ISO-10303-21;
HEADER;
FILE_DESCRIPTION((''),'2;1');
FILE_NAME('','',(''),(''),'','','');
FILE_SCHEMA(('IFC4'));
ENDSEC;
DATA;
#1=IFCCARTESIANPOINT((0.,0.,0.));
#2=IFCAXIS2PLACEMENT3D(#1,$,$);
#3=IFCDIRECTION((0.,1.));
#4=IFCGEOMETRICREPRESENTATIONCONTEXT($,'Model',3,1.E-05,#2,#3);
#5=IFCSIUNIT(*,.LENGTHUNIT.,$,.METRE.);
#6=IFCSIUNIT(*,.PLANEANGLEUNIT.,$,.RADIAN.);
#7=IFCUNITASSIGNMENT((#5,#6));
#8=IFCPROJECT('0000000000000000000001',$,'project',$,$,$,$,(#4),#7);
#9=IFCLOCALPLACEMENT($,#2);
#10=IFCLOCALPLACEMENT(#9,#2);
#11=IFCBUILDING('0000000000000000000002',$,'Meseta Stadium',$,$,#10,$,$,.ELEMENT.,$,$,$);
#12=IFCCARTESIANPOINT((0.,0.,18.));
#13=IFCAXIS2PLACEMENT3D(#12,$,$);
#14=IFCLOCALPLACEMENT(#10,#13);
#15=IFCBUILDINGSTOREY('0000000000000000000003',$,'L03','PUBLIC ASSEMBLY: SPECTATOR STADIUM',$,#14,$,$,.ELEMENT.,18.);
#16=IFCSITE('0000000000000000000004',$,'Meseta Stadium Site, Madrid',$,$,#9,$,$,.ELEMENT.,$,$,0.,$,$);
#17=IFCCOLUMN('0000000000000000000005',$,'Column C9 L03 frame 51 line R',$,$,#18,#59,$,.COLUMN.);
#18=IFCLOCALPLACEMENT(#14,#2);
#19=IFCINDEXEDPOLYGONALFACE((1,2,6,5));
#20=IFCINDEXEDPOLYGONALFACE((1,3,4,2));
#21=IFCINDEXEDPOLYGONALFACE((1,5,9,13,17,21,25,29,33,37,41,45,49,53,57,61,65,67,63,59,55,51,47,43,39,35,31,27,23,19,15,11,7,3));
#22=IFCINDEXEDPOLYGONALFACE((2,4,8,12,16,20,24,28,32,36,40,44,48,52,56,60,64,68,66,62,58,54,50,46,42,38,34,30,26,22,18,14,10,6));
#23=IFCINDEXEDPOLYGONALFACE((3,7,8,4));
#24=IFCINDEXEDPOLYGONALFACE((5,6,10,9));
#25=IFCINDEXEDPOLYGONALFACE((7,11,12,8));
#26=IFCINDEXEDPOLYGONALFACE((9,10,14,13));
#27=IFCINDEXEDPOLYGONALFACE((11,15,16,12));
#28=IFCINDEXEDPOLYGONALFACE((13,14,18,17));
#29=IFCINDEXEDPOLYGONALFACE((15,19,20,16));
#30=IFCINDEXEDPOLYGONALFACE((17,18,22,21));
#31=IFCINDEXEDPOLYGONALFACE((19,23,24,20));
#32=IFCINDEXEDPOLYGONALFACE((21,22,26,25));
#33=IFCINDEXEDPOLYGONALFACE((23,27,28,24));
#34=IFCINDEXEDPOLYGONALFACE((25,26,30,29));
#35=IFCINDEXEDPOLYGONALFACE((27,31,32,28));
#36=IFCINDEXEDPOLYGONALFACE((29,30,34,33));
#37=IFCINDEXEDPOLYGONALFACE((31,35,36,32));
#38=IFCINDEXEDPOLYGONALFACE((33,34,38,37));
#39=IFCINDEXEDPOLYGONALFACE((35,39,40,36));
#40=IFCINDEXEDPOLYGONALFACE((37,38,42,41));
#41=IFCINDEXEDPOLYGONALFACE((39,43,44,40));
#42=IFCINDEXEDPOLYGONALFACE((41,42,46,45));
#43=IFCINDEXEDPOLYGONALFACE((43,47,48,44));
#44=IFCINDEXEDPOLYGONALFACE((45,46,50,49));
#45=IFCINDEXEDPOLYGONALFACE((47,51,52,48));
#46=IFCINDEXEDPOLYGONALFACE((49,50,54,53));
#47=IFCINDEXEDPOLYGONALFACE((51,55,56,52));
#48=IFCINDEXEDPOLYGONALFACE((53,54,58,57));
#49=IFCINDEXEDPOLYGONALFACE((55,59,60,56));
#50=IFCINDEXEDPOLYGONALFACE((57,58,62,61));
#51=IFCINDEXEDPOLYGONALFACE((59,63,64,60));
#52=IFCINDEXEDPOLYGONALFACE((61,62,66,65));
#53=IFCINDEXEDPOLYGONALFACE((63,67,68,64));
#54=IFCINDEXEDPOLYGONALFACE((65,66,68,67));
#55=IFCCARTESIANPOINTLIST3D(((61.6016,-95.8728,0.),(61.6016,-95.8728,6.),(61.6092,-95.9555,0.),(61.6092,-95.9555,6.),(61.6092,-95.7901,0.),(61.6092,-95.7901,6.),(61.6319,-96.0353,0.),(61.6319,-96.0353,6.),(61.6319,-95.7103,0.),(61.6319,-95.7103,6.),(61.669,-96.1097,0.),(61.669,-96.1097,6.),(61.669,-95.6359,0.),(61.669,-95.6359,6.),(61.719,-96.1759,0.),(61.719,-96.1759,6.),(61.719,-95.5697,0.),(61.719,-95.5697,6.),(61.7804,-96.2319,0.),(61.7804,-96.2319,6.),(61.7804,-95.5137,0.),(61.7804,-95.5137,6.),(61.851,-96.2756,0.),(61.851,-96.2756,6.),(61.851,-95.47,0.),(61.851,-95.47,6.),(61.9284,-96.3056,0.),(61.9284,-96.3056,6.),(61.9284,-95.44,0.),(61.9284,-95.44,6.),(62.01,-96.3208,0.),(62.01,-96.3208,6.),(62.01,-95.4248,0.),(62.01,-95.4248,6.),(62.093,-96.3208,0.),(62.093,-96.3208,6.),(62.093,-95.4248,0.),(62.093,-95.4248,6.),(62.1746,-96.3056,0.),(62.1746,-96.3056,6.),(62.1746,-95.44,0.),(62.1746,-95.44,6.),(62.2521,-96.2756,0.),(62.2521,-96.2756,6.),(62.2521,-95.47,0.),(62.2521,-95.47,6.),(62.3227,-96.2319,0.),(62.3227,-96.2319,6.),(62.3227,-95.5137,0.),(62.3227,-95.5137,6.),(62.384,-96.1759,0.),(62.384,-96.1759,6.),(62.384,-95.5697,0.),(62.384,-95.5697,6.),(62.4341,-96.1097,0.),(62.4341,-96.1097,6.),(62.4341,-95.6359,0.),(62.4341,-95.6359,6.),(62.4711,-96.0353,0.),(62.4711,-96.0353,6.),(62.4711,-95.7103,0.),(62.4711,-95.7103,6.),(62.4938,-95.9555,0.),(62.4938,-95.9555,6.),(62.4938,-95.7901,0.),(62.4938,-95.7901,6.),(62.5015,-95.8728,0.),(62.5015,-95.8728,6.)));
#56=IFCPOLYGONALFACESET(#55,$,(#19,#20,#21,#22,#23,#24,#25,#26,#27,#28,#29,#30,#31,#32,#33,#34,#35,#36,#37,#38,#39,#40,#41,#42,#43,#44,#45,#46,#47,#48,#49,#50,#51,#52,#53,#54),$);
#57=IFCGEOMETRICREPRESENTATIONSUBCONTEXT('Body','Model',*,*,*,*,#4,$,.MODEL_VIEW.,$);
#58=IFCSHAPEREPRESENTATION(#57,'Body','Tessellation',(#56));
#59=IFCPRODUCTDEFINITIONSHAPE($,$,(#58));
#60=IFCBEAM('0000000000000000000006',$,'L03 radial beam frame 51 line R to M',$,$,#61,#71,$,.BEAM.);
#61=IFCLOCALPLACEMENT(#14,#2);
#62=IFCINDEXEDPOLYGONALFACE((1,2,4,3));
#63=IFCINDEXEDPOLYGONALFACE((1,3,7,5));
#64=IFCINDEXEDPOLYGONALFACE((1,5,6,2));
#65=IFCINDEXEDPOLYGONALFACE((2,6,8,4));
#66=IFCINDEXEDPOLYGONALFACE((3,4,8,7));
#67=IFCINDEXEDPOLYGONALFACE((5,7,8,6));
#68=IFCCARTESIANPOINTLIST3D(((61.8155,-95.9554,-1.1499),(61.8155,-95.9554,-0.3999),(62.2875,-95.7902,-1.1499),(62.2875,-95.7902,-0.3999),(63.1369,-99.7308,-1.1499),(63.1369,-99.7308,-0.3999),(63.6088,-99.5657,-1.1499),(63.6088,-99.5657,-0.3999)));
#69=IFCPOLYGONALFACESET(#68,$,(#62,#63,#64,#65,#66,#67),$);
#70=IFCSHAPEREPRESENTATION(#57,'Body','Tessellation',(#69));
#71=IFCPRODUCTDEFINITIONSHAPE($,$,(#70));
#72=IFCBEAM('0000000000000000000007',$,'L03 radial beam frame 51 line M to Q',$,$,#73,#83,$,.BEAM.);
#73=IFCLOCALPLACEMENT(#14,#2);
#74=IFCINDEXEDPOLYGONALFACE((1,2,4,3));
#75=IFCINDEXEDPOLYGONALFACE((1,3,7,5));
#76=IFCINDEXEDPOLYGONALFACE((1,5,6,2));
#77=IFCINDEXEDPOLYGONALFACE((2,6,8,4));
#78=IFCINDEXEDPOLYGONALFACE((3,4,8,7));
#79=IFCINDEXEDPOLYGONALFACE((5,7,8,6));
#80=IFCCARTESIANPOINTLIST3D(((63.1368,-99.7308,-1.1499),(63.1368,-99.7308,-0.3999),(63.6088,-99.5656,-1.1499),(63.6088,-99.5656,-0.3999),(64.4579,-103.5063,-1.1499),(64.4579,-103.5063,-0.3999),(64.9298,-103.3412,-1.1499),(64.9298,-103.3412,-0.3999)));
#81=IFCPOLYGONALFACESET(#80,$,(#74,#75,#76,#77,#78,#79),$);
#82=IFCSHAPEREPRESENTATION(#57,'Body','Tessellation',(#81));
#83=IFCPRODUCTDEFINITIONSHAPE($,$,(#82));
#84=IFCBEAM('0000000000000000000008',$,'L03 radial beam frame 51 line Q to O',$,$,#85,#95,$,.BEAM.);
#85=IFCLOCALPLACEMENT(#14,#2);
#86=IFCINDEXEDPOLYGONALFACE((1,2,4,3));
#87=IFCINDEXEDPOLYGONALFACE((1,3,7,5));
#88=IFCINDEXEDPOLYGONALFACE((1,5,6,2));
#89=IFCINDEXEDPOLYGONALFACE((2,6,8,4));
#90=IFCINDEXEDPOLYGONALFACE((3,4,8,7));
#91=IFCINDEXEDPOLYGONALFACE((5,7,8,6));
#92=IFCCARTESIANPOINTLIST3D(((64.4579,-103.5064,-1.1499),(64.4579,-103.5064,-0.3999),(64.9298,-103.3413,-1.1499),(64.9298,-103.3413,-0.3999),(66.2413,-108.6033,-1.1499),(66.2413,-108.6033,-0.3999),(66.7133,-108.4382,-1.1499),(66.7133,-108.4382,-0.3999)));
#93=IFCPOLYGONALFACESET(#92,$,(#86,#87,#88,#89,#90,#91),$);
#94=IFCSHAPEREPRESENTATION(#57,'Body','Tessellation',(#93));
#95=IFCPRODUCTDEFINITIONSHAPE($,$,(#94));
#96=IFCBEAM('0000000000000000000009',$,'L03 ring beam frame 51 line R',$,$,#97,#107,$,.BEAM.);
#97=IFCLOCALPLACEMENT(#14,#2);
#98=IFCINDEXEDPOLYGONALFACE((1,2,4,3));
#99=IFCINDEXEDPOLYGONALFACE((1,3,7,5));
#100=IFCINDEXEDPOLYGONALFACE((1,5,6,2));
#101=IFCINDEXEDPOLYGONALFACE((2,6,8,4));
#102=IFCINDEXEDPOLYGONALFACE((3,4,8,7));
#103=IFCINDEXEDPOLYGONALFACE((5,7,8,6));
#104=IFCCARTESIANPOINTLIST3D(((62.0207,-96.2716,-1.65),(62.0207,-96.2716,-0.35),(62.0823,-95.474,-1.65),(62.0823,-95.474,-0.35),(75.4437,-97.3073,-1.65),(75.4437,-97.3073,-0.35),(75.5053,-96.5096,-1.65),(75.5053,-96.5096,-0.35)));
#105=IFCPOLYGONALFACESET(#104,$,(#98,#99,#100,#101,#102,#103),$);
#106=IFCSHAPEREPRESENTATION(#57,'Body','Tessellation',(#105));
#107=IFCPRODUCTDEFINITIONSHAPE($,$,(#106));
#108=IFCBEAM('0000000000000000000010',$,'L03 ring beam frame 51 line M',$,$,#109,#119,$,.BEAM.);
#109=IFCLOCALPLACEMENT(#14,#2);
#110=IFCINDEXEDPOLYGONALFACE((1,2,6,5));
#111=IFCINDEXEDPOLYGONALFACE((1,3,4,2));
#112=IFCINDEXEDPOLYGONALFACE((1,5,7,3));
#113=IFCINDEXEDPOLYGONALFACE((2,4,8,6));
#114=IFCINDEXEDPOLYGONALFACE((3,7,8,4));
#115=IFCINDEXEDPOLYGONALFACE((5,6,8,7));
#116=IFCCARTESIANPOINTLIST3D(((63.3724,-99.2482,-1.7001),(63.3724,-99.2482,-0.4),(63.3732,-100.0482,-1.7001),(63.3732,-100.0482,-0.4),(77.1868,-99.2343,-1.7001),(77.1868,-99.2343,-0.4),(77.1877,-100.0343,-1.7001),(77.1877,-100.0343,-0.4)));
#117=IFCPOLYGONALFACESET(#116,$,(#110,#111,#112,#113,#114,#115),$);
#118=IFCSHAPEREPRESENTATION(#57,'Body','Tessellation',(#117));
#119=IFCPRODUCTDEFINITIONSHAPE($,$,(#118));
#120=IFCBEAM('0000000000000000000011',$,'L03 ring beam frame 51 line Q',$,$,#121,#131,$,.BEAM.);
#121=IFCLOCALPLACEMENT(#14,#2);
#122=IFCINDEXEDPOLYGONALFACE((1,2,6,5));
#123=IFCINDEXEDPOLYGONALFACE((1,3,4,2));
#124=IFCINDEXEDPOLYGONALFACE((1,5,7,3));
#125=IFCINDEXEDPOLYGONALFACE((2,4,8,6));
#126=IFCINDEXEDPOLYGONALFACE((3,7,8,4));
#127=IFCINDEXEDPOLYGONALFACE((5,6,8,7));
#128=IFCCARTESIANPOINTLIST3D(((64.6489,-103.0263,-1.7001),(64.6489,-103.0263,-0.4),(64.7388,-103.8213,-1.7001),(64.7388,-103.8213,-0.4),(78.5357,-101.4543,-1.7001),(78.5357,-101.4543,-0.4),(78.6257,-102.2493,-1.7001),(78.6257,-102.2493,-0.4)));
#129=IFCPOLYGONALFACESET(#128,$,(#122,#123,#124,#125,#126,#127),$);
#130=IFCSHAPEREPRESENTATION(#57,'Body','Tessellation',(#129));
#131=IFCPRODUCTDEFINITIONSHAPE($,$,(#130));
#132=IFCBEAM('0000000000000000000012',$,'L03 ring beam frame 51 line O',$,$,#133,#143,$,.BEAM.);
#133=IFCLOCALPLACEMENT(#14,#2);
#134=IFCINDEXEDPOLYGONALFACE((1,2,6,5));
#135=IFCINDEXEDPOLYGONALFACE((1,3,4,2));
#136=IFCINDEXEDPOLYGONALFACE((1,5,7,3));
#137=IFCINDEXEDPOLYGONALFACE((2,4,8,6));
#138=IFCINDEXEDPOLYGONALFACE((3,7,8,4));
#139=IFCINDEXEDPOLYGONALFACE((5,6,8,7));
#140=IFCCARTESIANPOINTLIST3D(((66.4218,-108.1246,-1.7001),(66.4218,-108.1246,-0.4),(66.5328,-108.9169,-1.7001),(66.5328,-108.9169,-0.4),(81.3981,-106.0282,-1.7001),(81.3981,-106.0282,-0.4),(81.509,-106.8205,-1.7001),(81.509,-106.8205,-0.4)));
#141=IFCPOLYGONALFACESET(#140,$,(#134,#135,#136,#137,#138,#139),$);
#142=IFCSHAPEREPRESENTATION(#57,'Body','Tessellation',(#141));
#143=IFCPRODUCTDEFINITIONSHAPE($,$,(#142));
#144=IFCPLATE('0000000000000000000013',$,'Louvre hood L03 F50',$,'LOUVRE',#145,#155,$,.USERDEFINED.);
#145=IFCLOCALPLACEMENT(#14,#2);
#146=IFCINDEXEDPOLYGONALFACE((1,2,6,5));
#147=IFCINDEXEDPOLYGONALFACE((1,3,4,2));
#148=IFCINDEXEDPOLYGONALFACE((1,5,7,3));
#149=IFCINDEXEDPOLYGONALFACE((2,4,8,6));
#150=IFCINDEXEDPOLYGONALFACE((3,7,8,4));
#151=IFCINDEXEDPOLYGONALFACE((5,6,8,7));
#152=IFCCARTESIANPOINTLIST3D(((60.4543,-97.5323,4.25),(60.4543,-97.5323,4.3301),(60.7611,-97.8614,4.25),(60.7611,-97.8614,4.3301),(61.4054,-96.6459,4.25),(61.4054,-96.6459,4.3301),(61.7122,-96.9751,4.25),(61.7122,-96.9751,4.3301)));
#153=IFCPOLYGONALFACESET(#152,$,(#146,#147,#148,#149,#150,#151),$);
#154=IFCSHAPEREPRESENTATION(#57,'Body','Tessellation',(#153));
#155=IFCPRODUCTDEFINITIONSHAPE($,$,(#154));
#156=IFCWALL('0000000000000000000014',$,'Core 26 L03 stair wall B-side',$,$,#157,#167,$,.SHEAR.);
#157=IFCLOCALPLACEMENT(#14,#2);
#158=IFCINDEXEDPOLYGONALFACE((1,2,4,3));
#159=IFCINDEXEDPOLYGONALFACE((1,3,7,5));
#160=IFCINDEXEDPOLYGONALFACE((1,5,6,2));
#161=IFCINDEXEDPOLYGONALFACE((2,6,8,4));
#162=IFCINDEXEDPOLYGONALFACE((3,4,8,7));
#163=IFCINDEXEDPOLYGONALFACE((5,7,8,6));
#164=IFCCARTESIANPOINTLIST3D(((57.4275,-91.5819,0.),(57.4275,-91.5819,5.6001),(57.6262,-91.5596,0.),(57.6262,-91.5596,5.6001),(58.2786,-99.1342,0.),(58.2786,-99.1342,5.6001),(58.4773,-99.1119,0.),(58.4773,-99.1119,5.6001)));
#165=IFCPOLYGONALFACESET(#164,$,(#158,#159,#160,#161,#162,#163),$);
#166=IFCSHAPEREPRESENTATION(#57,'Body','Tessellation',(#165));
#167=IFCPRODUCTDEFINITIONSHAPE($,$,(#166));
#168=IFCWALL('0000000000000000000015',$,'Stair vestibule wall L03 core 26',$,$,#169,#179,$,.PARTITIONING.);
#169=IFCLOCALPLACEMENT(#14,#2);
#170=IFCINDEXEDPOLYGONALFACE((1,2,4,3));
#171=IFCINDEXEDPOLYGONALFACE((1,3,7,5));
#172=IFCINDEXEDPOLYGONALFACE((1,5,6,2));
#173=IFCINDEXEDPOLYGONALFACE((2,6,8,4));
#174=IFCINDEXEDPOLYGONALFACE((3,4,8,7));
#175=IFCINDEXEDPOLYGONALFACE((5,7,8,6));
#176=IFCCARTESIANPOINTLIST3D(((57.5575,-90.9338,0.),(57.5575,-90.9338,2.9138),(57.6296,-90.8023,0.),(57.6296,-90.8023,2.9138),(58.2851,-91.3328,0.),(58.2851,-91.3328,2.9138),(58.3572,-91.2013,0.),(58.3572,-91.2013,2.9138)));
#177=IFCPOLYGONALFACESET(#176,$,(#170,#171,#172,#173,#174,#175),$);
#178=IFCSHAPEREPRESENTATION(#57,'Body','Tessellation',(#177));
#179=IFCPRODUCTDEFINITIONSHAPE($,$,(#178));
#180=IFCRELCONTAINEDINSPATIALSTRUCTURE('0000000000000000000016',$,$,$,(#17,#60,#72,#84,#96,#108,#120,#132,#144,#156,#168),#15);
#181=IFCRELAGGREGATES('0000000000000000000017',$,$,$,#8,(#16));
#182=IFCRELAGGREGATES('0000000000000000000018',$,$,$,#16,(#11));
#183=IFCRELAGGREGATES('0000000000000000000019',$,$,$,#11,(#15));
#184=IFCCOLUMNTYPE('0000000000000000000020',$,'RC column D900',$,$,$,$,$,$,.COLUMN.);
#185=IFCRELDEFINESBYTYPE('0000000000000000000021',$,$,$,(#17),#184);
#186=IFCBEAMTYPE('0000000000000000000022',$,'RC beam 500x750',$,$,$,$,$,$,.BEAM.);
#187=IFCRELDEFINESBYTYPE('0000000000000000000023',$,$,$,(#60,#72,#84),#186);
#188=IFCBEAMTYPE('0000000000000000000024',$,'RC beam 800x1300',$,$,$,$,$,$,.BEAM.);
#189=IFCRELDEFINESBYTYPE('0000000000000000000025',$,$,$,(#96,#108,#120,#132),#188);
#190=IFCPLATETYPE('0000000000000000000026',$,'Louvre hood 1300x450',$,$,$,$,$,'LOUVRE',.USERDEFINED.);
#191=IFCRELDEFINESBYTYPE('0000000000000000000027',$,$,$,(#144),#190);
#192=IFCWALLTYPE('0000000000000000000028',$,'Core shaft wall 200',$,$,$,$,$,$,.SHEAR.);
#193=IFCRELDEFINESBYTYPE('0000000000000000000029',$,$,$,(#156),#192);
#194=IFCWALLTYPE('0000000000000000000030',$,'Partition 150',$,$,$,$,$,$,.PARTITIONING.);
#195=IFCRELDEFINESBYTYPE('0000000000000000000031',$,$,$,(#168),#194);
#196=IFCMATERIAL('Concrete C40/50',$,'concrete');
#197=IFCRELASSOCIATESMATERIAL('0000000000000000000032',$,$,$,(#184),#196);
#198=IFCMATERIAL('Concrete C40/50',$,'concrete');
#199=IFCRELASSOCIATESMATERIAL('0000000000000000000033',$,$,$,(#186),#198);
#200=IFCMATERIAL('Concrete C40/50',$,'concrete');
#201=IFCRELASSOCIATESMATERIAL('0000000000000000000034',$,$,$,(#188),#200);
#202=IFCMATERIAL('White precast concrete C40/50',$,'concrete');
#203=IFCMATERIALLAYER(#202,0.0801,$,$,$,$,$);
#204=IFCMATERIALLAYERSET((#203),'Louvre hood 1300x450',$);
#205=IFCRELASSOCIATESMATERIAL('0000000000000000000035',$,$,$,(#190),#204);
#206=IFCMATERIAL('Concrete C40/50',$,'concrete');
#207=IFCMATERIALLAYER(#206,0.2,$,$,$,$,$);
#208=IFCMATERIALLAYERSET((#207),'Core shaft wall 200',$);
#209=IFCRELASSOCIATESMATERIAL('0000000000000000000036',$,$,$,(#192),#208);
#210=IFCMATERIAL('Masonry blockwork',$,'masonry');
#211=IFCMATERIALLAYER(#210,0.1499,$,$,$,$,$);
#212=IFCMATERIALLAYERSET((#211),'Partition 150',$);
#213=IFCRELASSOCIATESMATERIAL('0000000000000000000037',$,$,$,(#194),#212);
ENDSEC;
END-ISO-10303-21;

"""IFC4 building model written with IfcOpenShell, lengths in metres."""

from ifc_helpers import new_model, si_unit, direction, frame, frame_2d, origin, origin_2d, place, context, subcontext, project, spatial, rectangle, circle, extrude, material, layer, layer_set, material_profile, profile_set, type_object, element, save


model = new_model("IFC4")

# Units and contexts
model_context = context("Model", 3, precision=1e-05, world=origin(), true_north=direction((0.0, 1.0)))
body_context = subcontext(model_context, "Body", "Model", "MODEL_VIEW")
ifc_project = project(units=[si_unit("LENGTHUNIT", "METRE"), si_unit("PLANEANGLEUNIT", "RADIAN")], contexts=[model_context])

# Site, building, storey
site_placement = place(None, origin())
site = spatial("IfcSite", under=ifc_project, at=site_placement, Name="Meseta Stadium Site, Madrid", CompositionType="ELEMENT", RefElevation=0.0)
building_placement = place(site_placement, origin())
building = spatial("IfcBuilding", under=site, at=building_placement, Name="Meseta Stadium", CompositionType="ELEMENT")
storey_placement = place(building_placement, frame((0.0, 0.0, 18.0)))
storey = spatial("IfcBuildingStorey", under=building, at=storey_placement, Name="L03", Description="PUBLIC ASSEMBLY: SPECTATOR STADIUM", CompositionType="ELEMENT", Elevation=18.0)

# Column
ifc_material_1 = material(Name="Concrete C40/50", Category="concrete")
ifc_material_profile_1 = material_profile(ifc_material_1, circle(Radius=0.45, at=origin_2d()), Name="RC D900")
ifc_profile_set_1 = profile_set([ifc_material_profile_1], Name="Concrete C40/50")
column_type = type_object("IfcColumnType", Name="RC column D900", PredefinedType="COLUMN", material=ifc_profile_set_1)
column_placement = place(storey_placement, frame((62.0515, -95.8728, 0.0), z_axis=(0.0, 0.0, 1.0), x_axis=(1.0, 0.0, 0.0)))
element("IfcColumn", 1, at=column_placement, inside=storey, type_object=column_type, Name="Column C9 L03 frame 51 line R", PredefinedType="COLUMN", context=body_context, shape_type="SweptSolid", body=[
    extrude(circle(Radius=0.45, at=origin_2d()), origin(), (0.0, 0.0, 1.0), 6.0),
])

# Beams
ifc_material_2 = material(Name="Concrete C40/50", Category="concrete")
ifc_material_profile_2 = material_profile(ifc_material_2, rectangle(XDim=0.5, YDim=0.75, at=origin_2d()), Name="RC 500x750")
ifc_profile_set_2 = profile_set([ifc_material_profile_2], Name="Concrete C40/50")
beam_type_1 = type_object("IfcBeamType", Name="RC beam 500x750", PredefinedType="BEAM", material=ifc_profile_set_2)
for number, where, z_axis, x_axis, name in (
    (2, (62.0515, -95.8728, -0.7749), (0.330329, -0.943866, 0.0), (0.943866, 0.330329, 0.0), "L03 radial beam frame 51 line R to M"),
    (3, (63.3728, -99.6482, -0.7749), (0.330255, -0.943892, 0.0), (0.943892, 0.330255, 0.0), "L03 radial beam frame 51 line M to Q"),
):
    element("IfcBeam", number, at=place(storey_placement, frame(where, z_axis=z_axis, x_axis=x_axis)), inside=storey, type_object=beam_type_1, Name=name, PredefinedType="BEAM", context=body_context, shape_type="SweptSolid", body=[
        extrude(rectangle(XDim=0.5, YDim=0.75, at=origin_2d()), origin(), (0.0, 0.0, 1.0), 4.0),
    ])
beam_1_placement = place(storey_placement, frame((64.6938, -103.4238, -0.7749), z_axis=(0.330272, -0.943886, 0.0), x_axis=(0.943886, 0.330272, 0.0)))
element("IfcBeam", 4, at=beam_1_placement, inside=storey, type_object=beam_type_1, Name="L03 radial beam frame 51 line Q to O", PredefinedType="BEAM", context=body_context, shape_type="SweptSolid", body=[
    extrude(rectangle(XDim=0.5, YDim=0.75, at=origin_2d()), origin(), (0.0, 0.0, 1.0), 5.3999),
])
ifc_material_3 = material(Name="Concrete C40/50", Category="concrete")
ifc_material_profile_3 = material_profile(ifc_material_3, rectangle(XDim=0.8, YDim=1.3, at=origin_2d()), Name="RC 800x1300")
ifc_profile_set_3 = profile_set([ifc_material_profile_3], Name="Concrete C40/50")
beam_type_2 = type_object("IfcBeamType", Name="RC beam 800x1300", PredefinedType="BEAM", material=ifc_profile_set_3)
beam_2_placement = place(storey_placement, frame((62.0515, -95.8728, -1.0), z_axis=(0.997037, -0.076925, 0.0), x_axis=(0.076925, 0.997037, 0.0)))
element("IfcBeam", 5, at=beam_2_placement, inside=storey, type_object=beam_type_2, Name="L03 ring beam frame 51 line R", PredefinedType="BEAM", context=body_context, shape_type="SweptSolid", body=[
    extrude(rectangle(XDim=0.8, YDim=1.3, at=origin_2d()), origin(), (0.0, 0.0, 1.0), 13.4629),
])
beam_3_placement = place(storey_placement, frame((63.3728, -99.6482, -1.05), z_axis=(0.999999, 0.001007, 0.0), x_axis=(-0.001007, 0.999999, 0.0)))
element("IfcBeam", 6, at=beam_3_placement, inside=storey, type_object=beam_type_2, Name="L03 ring beam frame 51 line M", PredefinedType="BEAM", context=body_context, shape_type="SweptSolid", body=[
    extrude(rectangle(XDim=0.8, YDim=1.3, at=origin_2d()), origin(), (0.0, 0.0, 1.0), 13.8145),
])
beam_4_placement = place(storey_placement, frame((64.6938, -103.4238, -1.05), z_axis=(0.993654, 0.112483, 0.0), x_axis=(-0.112483, 0.993654, 0.0)))
element("IfcBeam", 7, at=beam_4_placement, inside=storey, type_object=beam_type_2, Name="L03 ring beam frame 51 line Q", PredefinedType="BEAM", context=body_context, shape_type="SweptSolid", body=[
    extrude(rectangle(XDim=0.8, YDim=1.3, at=origin_2d()), origin(), (0.0, 0.0, 1.0), 13.9756),
])
beam_5_placement = place(storey_placement, frame((66.4773, -108.5208, -1.05), z_axis=(0.990344, 0.138632, 0.0), x_axis=(-0.138632, 0.990344, 0.0)))
element("IfcBeam", 8, at=beam_5_placement, inside=storey, type_object=beam_type_2, Name="L03 ring beam frame 51 line O", PredefinedType="BEAM", context=body_context, shape_type="SweptSolid", body=[
    extrude(rectangle(XDim=0.8, YDim=1.3, at=origin_2d()), origin(), (0.0, 0.0, 1.0), 15.1223),
])

# Plate
ifc_material_4 = material(Name="White precast concrete C40/50", Category="concrete")
ifc_layer_1 = layer(ifc_material_4, 0.0801)
ifc_layer_set_1 = layer_set([ifc_layer_1], Name="Louvre hood 1300x450")
plate_type = type_object("IfcPlateType", Name="Louvre hood 1300x450", ElementType="LOUVRE", PredefinedType="USERDEFINED", material=ifc_layer_set_1)
plate_placement = place(storey_placement, frame((61.0833, -97.2537, 4.25), z_axis=(0.0, 0.0, 1.0), x_axis=(0.731545, 0.681793, 0.0)))
element("IfcPlate", 9, at=plate_placement, inside=storey, type_object=plate_type, Name="Louvre hood L03 F50", ObjectType="LOUVRE", PredefinedType="USERDEFINED", context=body_context, shape_type="SweptSolid", body=[
    extrude(rectangle(XDim=1.3, YDim=0.45, at=origin_2d()), origin(), (0.0, 0.0, 1.0), 0.0801),
])

# Walls
ifc_material_5 = material(Name="Concrete C40/50", Category="concrete")
ifc_layer_2 = layer(ifc_material_5, 0.2)
ifc_layer_set_2 = layer_set([ifc_layer_2], Name="Core shaft wall 200")
wall_type_1 = type_object("IfcWallType", Name="Core shaft wall 200", PredefinedType="SHEAR", material=ifc_layer_set_2)
wall_1_placement = place(storey_placement, frame((58.3779, -99.123, 0.0), z_axis=(0.0, 0.0, 1.0), x_axis=(-0.111983, 0.99371, 0.0)))
element("IfcWall", 10, at=wall_1_placement, inside=storey, type_object=wall_type_1, Name="Core 26 L03 stair wall B-side", PredefinedType="SHEAR", context=body_context, shape_type="SweptSolid", body=[
    extrude(rectangle(XDim=7.6001, YDim=0.2, at=frame_2d((3.8, 0.0))), origin(), (0.0, 0.0, 1.0), 5.6001),
])
ifc_material_6 = material(Name="Masonry blockwork", Category="masonry")
ifc_layer_3 = layer(ifc_material_6, 0.1499)
ifc_layer_set_3 = layer_set([ifc_layer_3], Name="Partition 150")
wall_type_2 = type_object("IfcWallType", Name="Partition 150", PredefinedType="PARTITIONING", material=ifc_layer_set_3)
wall_2_placement = place(storey_placement, frame((58.3213, -91.2671, 0.0), z_axis=(0.0, 0.0, 1.0), x_axis=(-0.876836, 0.480789, 0.0)))
element("IfcWall", 11, at=wall_2_placement, inside=storey, type_object=wall_type_2, Name="Stair vestibule wall L03 core 26", PredefinedType="PARTITIONING", context=body_context, shape_type="SweptSolid", body=[
    extrude(rectangle(XDim=0.8298, YDim=0.1499, at=frame_2d((0.415, 0.0))), origin(), (0.0, 0.0, 1.0), 2.9138),
])

save(model, "model.ifc")
